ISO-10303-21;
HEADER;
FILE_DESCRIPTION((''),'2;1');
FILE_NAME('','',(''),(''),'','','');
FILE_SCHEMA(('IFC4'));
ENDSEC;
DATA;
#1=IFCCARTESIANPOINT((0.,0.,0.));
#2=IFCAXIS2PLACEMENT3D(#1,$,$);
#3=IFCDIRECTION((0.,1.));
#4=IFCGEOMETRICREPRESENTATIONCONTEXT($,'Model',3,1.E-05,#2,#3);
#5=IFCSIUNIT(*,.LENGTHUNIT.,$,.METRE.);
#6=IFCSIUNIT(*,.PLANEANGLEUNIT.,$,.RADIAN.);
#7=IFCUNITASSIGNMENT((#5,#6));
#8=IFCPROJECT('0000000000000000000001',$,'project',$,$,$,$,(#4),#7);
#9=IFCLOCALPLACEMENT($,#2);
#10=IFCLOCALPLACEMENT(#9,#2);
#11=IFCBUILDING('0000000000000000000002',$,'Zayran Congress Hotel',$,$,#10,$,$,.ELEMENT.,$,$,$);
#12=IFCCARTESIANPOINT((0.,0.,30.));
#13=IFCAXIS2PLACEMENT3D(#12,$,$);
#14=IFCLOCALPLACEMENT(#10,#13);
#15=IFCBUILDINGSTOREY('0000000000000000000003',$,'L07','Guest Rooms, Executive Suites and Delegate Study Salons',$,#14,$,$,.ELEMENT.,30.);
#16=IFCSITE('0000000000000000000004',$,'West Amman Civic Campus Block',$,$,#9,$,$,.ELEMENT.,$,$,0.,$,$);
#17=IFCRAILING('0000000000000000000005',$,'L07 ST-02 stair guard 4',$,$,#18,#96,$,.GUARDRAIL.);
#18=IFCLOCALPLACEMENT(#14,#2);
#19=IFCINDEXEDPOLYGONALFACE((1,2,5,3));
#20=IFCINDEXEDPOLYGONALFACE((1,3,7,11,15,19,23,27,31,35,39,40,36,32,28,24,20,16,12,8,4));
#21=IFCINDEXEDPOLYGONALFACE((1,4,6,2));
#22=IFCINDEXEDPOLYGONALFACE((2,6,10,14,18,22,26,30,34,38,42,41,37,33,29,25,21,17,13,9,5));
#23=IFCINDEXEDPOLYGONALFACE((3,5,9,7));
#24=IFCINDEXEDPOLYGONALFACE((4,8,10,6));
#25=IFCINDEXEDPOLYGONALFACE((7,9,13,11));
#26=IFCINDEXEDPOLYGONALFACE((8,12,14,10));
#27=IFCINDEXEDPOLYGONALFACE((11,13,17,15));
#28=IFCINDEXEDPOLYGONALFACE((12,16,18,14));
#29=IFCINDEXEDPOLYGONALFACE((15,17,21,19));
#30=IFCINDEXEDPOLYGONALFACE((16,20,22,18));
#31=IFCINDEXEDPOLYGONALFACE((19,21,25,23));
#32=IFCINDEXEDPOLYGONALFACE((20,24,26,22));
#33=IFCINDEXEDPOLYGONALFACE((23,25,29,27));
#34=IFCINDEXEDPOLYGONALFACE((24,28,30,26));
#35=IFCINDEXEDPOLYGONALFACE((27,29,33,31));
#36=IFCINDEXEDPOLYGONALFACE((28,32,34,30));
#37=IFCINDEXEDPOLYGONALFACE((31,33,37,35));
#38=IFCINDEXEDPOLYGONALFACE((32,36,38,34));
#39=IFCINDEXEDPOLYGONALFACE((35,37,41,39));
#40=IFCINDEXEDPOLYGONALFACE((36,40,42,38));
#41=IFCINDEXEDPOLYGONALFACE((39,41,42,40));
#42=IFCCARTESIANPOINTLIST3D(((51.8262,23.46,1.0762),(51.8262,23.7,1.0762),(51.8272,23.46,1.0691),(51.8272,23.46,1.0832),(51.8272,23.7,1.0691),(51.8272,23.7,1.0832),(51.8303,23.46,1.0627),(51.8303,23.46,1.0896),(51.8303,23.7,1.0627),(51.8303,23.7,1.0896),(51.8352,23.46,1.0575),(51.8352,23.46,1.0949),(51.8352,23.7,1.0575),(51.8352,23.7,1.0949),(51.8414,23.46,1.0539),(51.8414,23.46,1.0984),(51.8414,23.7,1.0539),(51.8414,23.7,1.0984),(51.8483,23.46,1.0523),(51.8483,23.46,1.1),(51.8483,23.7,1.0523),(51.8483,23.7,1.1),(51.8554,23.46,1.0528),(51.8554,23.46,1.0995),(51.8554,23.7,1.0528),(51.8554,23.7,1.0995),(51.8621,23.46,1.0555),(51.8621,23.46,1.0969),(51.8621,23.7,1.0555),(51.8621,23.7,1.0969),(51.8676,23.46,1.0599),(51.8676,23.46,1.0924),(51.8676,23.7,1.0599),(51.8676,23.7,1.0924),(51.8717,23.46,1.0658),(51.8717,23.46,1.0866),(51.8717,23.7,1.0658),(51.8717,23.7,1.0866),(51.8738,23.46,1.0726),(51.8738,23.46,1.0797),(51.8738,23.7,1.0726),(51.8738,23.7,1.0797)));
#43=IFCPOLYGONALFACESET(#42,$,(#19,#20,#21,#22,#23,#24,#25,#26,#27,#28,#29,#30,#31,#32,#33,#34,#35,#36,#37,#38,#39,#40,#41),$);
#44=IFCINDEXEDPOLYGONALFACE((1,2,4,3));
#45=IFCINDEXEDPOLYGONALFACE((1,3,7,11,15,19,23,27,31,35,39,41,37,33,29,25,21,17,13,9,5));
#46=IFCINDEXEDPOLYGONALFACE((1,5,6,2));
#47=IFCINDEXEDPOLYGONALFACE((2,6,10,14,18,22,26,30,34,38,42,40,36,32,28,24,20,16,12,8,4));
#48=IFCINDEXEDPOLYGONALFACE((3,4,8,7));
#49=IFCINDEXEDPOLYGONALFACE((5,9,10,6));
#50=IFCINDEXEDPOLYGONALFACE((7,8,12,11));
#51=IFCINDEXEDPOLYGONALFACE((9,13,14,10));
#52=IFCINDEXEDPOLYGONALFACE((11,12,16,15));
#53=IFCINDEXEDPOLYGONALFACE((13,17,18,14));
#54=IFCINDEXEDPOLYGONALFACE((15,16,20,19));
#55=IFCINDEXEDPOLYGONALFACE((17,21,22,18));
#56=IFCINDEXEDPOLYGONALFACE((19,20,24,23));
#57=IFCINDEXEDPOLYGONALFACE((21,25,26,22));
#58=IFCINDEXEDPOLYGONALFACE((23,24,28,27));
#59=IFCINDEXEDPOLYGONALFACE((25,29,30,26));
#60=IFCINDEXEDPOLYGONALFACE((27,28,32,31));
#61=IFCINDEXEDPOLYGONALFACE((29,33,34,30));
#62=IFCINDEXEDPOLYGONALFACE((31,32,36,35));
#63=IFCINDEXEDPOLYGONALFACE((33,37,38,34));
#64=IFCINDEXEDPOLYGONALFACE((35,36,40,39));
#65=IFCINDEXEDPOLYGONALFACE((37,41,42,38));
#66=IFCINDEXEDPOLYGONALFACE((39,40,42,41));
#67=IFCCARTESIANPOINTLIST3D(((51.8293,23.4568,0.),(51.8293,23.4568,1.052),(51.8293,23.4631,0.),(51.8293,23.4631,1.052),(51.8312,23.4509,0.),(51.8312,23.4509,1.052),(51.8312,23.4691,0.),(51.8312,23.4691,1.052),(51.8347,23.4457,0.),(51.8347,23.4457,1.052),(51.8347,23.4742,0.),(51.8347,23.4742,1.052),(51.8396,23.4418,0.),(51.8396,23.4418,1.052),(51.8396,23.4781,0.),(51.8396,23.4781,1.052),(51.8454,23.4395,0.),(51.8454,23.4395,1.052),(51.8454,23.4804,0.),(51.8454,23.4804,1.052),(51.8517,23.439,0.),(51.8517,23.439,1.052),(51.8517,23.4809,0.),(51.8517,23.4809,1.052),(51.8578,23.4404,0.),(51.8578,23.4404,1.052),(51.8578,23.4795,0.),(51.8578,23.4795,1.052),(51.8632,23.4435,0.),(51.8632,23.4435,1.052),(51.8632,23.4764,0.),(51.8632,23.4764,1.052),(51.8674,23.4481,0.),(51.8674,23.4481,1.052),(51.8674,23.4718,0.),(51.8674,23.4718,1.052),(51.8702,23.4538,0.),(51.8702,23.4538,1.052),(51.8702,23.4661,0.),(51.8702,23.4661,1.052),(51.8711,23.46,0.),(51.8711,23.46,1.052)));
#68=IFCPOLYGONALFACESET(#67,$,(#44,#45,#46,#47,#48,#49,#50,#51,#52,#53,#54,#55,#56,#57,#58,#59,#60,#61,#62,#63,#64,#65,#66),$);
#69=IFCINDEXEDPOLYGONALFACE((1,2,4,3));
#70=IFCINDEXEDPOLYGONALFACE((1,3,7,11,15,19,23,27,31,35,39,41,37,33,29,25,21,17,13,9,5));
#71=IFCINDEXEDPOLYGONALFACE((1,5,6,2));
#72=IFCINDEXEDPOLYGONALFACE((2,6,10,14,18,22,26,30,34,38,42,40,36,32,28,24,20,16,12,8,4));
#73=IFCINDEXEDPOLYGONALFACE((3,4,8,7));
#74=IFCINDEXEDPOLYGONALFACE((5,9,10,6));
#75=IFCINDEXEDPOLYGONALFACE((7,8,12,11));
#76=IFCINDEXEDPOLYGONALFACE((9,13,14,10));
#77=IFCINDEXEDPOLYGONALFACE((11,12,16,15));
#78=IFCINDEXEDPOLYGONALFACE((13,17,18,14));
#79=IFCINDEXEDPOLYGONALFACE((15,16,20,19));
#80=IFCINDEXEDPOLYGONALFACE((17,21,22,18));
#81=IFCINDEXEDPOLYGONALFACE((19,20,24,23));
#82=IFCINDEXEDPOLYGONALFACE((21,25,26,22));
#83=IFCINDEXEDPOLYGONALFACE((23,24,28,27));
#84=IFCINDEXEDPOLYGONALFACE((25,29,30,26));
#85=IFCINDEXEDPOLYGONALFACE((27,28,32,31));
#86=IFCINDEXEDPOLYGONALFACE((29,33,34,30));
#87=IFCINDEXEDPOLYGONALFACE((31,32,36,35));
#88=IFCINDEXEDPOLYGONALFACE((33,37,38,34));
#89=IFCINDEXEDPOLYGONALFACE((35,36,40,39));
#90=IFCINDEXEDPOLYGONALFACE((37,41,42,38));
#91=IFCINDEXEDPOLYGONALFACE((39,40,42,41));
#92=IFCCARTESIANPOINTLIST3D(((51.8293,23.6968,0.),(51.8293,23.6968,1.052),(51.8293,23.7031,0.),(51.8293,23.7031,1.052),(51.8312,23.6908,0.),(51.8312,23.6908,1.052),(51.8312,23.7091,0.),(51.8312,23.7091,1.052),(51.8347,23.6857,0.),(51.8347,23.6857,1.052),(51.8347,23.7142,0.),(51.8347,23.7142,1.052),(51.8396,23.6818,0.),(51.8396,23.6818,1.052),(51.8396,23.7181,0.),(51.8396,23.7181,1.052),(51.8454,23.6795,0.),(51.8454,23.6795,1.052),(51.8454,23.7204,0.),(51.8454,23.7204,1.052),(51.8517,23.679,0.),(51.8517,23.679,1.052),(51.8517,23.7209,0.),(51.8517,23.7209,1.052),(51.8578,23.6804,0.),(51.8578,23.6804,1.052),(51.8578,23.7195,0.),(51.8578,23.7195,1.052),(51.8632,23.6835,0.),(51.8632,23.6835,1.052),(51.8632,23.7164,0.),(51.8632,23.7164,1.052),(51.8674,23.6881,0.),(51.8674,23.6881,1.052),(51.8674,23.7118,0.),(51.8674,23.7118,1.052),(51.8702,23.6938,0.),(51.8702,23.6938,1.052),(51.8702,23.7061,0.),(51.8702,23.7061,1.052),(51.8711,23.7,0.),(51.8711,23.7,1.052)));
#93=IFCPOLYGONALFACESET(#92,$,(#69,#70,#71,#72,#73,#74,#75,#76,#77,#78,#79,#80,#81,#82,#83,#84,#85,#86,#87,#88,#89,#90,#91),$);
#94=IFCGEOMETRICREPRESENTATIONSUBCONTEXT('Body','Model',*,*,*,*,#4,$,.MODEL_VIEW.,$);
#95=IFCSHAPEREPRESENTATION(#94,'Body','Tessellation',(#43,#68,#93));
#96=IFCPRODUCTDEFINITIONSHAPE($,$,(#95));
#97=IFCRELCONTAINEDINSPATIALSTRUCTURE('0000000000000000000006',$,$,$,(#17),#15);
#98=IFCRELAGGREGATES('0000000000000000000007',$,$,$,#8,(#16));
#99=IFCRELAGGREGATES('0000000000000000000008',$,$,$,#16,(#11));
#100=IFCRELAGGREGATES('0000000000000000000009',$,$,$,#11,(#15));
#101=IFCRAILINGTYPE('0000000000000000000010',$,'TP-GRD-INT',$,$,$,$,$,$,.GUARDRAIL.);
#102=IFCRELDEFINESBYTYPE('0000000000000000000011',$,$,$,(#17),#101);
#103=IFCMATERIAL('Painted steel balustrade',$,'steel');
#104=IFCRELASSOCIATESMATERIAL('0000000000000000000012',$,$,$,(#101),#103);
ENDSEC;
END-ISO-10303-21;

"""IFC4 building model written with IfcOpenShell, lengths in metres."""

from ifc_helpers import new_model, si_unit, direction, frame, origin, origin_2d, place, context, subcontext, project, spatial, circle, extrude, material, type_object, element, save


model = new_model("IFC4")

# Units and contexts
model_context = context("Model", 3, precision=1e-05, world=origin(), true_north=direction((0.0, 1.0)))
body_context = subcontext(model_context, "Body", "Model", "MODEL_VIEW")
ifc_project = project(units=[si_unit("LENGTHUNIT", "METRE"), si_unit("PLANEANGLEUNIT", "RADIAN")], contexts=[model_context])

# Site, building, storey
site_placement = place(None, origin())
site = spatial("IfcSite", under=ifc_project, at=site_placement, Name="West Amman Civic Campus Block", CompositionType="ELEMENT", RefElevation=0.0)
building_placement = place(site_placement, origin())
building = spatial("IfcBuilding", under=site, at=building_placement, Name="Zayran Congress Hotel", CompositionType="ELEMENT")
storey_placement = place(building_placement, frame((0.0, 0.0, 30.0)))
storey = spatial("IfcBuildingStorey", under=building, at=storey_placement, Name="L07", Description="Guest Rooms, Executive Suites and Delegate Study Salons", CompositionType="ELEMENT", Elevation=30.0)

# Railing
ifc_material_1 = material(Name="Painted steel balustrade", Category="steel")
railing_type_1 = type_object("IfcRailingType", Name="TP-GRD-INT", PredefinedType="GUARDRAIL", material=ifc_material_1)
railing_1_placement = place(storey_placement, frame((51.8501, 23.46, 0.0)))
element("IfcRailing", 1, at=railing_1_placement, inside=storey, type_object=railing_type_1, Name="L07 ST-02 stair guard 4", PredefinedType="GUARDRAIL", context=body_context, shape_type="SweptSolid", body=[
    extrude(circle(Radius=0.0239, at=origin_2d()), frame((0.0, 0.0, 1.0762), z_axis=(0.0, 1.0, 0.0), x_axis=(-1.0, 0.0, 0.0)), (0.0, 0.0, 1.0), 0.24),
    extrude(circle(Radius=0.021, at=origin_2d()), origin(), (0.0, 0.0, 1.0), 1.052),
    extrude(circle(Radius=0.021, at=origin_2d()), frame((0.0, 0.24, 0.0)), (0.0, 0.0, 1.0), 1.052),
])

save(model, "model.ifc")
